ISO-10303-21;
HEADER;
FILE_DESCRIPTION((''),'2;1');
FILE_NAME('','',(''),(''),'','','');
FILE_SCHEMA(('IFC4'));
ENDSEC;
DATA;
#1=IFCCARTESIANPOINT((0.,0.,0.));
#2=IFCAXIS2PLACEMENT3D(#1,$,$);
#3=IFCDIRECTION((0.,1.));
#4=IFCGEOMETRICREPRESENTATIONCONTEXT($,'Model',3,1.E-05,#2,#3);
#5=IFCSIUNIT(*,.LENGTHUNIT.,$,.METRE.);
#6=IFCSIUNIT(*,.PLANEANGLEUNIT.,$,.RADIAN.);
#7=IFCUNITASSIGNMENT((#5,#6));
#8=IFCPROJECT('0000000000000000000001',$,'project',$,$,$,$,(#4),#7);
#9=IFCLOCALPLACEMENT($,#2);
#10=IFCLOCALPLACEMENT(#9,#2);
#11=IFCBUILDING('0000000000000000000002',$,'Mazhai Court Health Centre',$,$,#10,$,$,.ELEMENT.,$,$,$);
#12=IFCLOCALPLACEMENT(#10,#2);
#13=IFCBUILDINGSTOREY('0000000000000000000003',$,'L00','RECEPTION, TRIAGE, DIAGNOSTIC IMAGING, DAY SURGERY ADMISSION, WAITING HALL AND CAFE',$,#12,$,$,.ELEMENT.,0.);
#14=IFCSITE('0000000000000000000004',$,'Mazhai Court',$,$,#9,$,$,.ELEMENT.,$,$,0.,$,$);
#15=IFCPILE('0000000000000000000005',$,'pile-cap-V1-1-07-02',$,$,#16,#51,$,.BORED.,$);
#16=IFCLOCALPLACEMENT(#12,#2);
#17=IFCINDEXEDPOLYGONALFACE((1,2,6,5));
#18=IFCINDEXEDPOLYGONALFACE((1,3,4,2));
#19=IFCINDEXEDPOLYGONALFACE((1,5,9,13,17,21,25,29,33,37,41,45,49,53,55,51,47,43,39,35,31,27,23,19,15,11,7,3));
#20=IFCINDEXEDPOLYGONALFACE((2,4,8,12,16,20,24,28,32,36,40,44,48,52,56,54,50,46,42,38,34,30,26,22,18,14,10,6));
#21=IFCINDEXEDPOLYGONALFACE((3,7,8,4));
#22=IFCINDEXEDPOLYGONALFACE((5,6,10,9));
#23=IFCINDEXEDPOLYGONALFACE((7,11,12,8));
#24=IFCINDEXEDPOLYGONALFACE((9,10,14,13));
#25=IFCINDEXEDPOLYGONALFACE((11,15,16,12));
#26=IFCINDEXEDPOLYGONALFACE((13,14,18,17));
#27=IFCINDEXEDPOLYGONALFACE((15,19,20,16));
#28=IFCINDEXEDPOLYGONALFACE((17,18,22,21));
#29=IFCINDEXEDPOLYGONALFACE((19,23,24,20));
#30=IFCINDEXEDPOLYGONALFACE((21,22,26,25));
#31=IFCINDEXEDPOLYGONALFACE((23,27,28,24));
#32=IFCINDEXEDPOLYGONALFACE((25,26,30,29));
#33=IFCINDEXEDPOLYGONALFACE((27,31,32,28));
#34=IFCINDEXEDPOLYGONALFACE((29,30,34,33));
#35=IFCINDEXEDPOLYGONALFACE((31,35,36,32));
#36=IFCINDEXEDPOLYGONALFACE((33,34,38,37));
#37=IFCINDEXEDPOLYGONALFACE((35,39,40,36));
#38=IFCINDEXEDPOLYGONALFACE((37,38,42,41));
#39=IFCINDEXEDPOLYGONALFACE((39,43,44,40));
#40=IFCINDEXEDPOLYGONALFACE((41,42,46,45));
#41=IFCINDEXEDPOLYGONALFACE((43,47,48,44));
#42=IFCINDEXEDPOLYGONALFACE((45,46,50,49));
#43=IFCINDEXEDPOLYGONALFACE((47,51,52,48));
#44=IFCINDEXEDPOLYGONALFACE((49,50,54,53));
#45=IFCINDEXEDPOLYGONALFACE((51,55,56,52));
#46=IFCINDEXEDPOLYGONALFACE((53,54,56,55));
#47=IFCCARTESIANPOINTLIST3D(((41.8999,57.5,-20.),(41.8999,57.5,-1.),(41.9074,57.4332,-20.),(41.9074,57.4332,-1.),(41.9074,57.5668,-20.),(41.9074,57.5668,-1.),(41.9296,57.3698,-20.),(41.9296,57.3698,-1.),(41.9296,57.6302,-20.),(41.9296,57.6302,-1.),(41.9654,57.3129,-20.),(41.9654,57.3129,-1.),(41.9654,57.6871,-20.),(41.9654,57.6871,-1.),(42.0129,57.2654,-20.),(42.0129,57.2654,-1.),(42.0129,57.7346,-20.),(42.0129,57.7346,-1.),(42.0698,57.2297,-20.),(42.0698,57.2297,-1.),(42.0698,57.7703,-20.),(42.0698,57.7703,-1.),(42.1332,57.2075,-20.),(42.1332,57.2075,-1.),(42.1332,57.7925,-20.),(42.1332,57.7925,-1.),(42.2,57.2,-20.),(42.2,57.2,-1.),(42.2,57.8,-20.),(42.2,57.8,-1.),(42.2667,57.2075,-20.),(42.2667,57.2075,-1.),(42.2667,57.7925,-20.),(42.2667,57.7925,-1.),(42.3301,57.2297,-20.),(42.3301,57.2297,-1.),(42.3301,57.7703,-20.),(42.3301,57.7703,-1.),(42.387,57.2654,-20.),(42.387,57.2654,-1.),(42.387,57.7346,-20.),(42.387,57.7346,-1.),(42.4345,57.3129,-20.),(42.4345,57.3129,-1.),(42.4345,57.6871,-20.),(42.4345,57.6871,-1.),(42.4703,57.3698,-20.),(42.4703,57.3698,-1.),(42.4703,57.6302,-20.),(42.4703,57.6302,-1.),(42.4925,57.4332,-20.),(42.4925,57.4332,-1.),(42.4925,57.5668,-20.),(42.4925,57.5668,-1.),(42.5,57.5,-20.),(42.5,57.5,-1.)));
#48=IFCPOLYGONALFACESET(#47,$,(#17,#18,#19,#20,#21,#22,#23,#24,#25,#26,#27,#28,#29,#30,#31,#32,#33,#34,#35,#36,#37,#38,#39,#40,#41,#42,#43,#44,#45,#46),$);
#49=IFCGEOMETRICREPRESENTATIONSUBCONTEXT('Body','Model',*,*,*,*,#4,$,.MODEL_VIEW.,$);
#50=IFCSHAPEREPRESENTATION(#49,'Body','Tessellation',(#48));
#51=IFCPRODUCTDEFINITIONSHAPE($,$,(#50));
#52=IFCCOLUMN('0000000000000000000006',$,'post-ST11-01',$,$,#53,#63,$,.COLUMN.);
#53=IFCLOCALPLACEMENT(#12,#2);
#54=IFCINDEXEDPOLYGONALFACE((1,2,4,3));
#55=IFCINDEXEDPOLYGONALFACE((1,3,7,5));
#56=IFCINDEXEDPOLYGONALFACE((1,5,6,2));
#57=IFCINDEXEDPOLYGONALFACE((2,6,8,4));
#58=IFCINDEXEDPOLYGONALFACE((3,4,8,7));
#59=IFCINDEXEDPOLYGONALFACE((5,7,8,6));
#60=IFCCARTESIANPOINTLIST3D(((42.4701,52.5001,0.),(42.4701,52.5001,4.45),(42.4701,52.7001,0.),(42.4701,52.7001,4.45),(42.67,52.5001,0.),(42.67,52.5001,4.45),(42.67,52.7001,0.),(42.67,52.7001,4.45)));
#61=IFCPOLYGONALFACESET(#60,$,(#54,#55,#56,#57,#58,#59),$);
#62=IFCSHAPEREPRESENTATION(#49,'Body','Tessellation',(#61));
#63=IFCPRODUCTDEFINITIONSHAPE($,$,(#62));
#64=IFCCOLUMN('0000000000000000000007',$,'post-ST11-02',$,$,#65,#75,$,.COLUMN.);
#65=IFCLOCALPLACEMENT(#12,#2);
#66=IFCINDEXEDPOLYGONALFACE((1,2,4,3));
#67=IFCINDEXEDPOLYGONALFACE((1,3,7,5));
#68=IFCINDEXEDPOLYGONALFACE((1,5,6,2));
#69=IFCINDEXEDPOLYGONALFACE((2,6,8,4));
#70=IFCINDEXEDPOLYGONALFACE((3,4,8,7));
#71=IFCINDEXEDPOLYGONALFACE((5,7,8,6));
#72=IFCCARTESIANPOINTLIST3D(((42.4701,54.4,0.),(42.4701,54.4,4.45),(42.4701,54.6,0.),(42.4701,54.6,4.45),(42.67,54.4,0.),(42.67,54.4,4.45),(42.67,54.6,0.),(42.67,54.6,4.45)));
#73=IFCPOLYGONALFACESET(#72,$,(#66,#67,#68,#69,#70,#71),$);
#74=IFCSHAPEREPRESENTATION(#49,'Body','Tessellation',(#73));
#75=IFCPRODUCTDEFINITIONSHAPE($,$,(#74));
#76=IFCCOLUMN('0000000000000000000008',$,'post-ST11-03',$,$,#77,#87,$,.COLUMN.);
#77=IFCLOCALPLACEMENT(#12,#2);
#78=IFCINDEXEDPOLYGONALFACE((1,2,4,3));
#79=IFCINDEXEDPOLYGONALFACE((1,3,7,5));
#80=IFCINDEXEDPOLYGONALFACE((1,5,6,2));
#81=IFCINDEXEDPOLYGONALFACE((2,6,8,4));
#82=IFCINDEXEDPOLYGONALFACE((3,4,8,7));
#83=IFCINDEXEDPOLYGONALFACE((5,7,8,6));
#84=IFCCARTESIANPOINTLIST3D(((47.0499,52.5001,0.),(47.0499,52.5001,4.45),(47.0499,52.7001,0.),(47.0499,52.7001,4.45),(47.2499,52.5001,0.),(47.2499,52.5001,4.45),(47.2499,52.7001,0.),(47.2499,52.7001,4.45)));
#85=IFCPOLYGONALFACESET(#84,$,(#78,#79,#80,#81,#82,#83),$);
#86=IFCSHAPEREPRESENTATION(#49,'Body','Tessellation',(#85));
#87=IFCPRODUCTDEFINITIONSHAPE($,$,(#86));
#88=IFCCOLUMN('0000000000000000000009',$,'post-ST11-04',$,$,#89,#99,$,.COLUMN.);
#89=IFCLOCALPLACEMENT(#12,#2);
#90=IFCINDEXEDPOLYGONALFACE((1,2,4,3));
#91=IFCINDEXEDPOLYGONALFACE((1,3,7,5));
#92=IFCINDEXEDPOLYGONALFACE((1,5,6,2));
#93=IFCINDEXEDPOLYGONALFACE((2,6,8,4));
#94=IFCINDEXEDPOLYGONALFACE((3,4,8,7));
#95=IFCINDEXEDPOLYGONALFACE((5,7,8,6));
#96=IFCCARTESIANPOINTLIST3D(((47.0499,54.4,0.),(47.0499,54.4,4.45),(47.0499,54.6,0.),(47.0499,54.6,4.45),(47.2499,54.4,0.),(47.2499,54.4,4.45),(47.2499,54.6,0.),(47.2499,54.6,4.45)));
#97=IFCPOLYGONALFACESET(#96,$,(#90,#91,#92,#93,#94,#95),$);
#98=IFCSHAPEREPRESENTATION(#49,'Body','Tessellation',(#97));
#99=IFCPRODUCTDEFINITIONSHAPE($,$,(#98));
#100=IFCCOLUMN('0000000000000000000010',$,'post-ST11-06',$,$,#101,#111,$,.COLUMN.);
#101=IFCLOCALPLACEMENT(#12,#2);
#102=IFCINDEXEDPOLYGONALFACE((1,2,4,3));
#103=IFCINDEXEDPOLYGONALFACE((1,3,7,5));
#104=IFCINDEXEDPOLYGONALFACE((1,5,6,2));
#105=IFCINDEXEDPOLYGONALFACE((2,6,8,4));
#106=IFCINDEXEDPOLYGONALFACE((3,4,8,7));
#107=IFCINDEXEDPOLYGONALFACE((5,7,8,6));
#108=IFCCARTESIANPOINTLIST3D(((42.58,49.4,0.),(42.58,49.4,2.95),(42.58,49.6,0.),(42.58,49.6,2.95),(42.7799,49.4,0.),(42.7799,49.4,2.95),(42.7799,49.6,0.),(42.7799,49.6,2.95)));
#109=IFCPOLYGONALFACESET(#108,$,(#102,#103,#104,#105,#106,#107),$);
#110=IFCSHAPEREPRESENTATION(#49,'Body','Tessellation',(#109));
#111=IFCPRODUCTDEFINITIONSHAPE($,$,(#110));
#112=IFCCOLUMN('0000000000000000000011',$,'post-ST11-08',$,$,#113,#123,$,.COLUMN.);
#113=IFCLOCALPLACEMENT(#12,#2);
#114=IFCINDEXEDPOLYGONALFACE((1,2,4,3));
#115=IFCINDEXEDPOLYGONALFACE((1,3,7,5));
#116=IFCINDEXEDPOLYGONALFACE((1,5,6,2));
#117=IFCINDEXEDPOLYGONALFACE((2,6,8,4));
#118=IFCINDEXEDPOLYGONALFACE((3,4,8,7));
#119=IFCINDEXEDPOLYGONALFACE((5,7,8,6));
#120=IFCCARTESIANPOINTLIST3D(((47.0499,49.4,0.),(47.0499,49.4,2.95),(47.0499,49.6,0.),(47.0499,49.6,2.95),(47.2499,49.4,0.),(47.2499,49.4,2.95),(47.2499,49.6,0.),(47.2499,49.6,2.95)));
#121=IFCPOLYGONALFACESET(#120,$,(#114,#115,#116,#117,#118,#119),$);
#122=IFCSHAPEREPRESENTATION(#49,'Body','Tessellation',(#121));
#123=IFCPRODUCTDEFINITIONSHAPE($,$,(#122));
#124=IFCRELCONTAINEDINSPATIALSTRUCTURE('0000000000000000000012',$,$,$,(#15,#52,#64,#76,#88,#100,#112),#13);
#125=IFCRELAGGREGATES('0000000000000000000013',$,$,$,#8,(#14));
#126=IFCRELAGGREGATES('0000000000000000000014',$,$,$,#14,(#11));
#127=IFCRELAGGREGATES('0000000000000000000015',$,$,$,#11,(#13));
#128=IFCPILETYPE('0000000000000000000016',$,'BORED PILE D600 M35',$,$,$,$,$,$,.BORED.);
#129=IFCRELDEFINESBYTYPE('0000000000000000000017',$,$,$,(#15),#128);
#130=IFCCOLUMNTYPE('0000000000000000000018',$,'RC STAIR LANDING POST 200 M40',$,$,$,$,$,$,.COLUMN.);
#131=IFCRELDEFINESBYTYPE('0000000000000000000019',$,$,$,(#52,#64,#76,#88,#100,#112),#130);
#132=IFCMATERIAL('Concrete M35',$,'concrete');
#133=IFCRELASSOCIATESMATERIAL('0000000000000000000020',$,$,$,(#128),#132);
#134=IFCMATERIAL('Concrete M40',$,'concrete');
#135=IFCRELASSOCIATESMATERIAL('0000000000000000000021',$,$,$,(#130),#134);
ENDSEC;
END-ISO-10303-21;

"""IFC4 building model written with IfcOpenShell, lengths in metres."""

from ifc_helpers import new_model, si_unit, direction, frame, origin, origin_2d, place, context, subcontext, project, spatial, rectangle, circle, extrude, material, material_profile, profile_set, type_object, element, save


model = new_model("IFC4")

# Units and contexts
model_context = context("Model", 3, precision=1e-05, world=origin(), true_north=direction((0.0, 1.0)))
body_context = subcontext(model_context, "Body", "Model", "MODEL_VIEW")
ifc_project = project(units=[si_unit("LENGTHUNIT", "METRE"), si_unit("PLANEANGLEUNIT", "RADIAN")], contexts=[model_context])

# Site, building, storey
site_placement = place(None, origin())
site = spatial("IfcSite", under=ifc_project, at=site_placement, Name="Mazhai Court", CompositionType="ELEMENT", RefElevation=0.0)
building_placement = place(site_placement, origin())
building = spatial("IfcBuilding", under=site, at=building_placement, Name="Mazhai Court Health Centre", CompositionType="ELEMENT")
storey_placement = place(building_placement, origin())
storey = spatial("IfcBuildingStorey", under=building, at=storey_placement, Name="L00", Description="RECEPTION, TRIAGE, DIAGNOSTIC IMAGING, DAY SURGERY ADMISSION, WAITING HALL AND CAFE", CompositionType="ELEMENT", Elevation=0.0)

# Pile
ifc_material_1 = material(Name="Concrete M35", Category="concrete")
ifc_material_profile_1 = material_profile(ifc_material_1, circle(Radius=0.3, at=origin_2d()), Name="RC PILE D600")
ifc_profile_set_1 = profile_set([ifc_material_profile_1], Name="Concrete M35")
pile_type = type_object("IfcPileType", Name="BORED PILE D600 M35", PredefinedType="BORED", material=ifc_profile_set_1)
pile_placement = place(storey_placement, frame((42.2, 57.5, -1.0), z_axis=(0.0, 0.0, -1.0), x_axis=(1.0, 0.0, 0.0)))
element("IfcPile", 1, at=pile_placement, inside=storey, type_object=pile_type, Name="pile-cap-V1-1-07-02", PredefinedType="BORED", context=body_context, shape_type="SweptSolid", body=[
    extrude(circle(Radius=0.3, at=origin_2d()), origin(), (0.0, 0.0, 1.0), 19.0),
])

# Columns
ifc_material_2 = material(Name="Concrete M40", Category="concrete")
ifc_material_profile_2 = material_profile(ifc_material_2, rectangle(XDim=0.2, YDim=0.2, at=origin_2d()), Name="RC 200x200")
ifc_profile_set_2 = profile_set([ifc_material_profile_2], Name="Concrete M40")
column_type = type_object("IfcColumnType", Name="RC STAIR LANDING POST 200 M40", PredefinedType="COLUMN", material=ifc_profile_set_2)
for number, where, z_axis, x_axis, name in (
    (2, (42.5701, 52.6001, 0.0), (0.0, 0.0, 1.0), (1.0, 0.0, 0.0), "post-ST11-01"),
    (3, (42.5701, 54.5, 0.0), (0.0, 0.0, 1.0), (1.0, 0.0, 0.0), "post-ST11-02"),
    (4, (47.1499, 52.6001, 0.0), (0.0, 0.0, 1.0), (1.0, 0.0, 0.0), "post-ST11-03"),
    (5, (47.1499, 54.5, 0.0), (0.0, 0.0, 1.0), (1.0, 0.0, 0.0), "post-ST11-04"),
):
    element("IfcColumn", number, at=place(storey_placement, frame(where, z_axis=z_axis, x_axis=x_axis)), inside=storey, type_object=column_type, Name=name, PredefinedType="COLUMN", context=body_context, shape_type="SweptSolid", body=[
        extrude(rectangle(XDim=0.2, YDim=0.2, at=origin_2d()), origin(), (0.0, 0.0, 1.0), 4.45),
    ])
for number, where, z_axis, x_axis, name in (
    (6, (42.6799, 49.5, 0.0), (0.0, 0.0, 1.0), (1.0, 0.0, 0.0), "post-ST11-06"),
    (7, (47.1499, 49.5, 0.0), (0.0, 0.0, 1.0), (1.0, 0.0, 0.0), "post-ST11-08"),
):
    element("IfcColumn", number, at=place(storey_placement, frame(where, z_axis=z_axis, x_axis=x_axis)), inside=storey, type_object=column_type, Name=name, PredefinedType="COLUMN", context=body_context, shape_type="SweptSolid", body=[
        extrude(rectangle(XDim=0.2, YDim=0.2, at=origin_2d()), origin(), (0.0, 0.0, 1.0), 2.95),
    ])

save(model, "model.ifc")
